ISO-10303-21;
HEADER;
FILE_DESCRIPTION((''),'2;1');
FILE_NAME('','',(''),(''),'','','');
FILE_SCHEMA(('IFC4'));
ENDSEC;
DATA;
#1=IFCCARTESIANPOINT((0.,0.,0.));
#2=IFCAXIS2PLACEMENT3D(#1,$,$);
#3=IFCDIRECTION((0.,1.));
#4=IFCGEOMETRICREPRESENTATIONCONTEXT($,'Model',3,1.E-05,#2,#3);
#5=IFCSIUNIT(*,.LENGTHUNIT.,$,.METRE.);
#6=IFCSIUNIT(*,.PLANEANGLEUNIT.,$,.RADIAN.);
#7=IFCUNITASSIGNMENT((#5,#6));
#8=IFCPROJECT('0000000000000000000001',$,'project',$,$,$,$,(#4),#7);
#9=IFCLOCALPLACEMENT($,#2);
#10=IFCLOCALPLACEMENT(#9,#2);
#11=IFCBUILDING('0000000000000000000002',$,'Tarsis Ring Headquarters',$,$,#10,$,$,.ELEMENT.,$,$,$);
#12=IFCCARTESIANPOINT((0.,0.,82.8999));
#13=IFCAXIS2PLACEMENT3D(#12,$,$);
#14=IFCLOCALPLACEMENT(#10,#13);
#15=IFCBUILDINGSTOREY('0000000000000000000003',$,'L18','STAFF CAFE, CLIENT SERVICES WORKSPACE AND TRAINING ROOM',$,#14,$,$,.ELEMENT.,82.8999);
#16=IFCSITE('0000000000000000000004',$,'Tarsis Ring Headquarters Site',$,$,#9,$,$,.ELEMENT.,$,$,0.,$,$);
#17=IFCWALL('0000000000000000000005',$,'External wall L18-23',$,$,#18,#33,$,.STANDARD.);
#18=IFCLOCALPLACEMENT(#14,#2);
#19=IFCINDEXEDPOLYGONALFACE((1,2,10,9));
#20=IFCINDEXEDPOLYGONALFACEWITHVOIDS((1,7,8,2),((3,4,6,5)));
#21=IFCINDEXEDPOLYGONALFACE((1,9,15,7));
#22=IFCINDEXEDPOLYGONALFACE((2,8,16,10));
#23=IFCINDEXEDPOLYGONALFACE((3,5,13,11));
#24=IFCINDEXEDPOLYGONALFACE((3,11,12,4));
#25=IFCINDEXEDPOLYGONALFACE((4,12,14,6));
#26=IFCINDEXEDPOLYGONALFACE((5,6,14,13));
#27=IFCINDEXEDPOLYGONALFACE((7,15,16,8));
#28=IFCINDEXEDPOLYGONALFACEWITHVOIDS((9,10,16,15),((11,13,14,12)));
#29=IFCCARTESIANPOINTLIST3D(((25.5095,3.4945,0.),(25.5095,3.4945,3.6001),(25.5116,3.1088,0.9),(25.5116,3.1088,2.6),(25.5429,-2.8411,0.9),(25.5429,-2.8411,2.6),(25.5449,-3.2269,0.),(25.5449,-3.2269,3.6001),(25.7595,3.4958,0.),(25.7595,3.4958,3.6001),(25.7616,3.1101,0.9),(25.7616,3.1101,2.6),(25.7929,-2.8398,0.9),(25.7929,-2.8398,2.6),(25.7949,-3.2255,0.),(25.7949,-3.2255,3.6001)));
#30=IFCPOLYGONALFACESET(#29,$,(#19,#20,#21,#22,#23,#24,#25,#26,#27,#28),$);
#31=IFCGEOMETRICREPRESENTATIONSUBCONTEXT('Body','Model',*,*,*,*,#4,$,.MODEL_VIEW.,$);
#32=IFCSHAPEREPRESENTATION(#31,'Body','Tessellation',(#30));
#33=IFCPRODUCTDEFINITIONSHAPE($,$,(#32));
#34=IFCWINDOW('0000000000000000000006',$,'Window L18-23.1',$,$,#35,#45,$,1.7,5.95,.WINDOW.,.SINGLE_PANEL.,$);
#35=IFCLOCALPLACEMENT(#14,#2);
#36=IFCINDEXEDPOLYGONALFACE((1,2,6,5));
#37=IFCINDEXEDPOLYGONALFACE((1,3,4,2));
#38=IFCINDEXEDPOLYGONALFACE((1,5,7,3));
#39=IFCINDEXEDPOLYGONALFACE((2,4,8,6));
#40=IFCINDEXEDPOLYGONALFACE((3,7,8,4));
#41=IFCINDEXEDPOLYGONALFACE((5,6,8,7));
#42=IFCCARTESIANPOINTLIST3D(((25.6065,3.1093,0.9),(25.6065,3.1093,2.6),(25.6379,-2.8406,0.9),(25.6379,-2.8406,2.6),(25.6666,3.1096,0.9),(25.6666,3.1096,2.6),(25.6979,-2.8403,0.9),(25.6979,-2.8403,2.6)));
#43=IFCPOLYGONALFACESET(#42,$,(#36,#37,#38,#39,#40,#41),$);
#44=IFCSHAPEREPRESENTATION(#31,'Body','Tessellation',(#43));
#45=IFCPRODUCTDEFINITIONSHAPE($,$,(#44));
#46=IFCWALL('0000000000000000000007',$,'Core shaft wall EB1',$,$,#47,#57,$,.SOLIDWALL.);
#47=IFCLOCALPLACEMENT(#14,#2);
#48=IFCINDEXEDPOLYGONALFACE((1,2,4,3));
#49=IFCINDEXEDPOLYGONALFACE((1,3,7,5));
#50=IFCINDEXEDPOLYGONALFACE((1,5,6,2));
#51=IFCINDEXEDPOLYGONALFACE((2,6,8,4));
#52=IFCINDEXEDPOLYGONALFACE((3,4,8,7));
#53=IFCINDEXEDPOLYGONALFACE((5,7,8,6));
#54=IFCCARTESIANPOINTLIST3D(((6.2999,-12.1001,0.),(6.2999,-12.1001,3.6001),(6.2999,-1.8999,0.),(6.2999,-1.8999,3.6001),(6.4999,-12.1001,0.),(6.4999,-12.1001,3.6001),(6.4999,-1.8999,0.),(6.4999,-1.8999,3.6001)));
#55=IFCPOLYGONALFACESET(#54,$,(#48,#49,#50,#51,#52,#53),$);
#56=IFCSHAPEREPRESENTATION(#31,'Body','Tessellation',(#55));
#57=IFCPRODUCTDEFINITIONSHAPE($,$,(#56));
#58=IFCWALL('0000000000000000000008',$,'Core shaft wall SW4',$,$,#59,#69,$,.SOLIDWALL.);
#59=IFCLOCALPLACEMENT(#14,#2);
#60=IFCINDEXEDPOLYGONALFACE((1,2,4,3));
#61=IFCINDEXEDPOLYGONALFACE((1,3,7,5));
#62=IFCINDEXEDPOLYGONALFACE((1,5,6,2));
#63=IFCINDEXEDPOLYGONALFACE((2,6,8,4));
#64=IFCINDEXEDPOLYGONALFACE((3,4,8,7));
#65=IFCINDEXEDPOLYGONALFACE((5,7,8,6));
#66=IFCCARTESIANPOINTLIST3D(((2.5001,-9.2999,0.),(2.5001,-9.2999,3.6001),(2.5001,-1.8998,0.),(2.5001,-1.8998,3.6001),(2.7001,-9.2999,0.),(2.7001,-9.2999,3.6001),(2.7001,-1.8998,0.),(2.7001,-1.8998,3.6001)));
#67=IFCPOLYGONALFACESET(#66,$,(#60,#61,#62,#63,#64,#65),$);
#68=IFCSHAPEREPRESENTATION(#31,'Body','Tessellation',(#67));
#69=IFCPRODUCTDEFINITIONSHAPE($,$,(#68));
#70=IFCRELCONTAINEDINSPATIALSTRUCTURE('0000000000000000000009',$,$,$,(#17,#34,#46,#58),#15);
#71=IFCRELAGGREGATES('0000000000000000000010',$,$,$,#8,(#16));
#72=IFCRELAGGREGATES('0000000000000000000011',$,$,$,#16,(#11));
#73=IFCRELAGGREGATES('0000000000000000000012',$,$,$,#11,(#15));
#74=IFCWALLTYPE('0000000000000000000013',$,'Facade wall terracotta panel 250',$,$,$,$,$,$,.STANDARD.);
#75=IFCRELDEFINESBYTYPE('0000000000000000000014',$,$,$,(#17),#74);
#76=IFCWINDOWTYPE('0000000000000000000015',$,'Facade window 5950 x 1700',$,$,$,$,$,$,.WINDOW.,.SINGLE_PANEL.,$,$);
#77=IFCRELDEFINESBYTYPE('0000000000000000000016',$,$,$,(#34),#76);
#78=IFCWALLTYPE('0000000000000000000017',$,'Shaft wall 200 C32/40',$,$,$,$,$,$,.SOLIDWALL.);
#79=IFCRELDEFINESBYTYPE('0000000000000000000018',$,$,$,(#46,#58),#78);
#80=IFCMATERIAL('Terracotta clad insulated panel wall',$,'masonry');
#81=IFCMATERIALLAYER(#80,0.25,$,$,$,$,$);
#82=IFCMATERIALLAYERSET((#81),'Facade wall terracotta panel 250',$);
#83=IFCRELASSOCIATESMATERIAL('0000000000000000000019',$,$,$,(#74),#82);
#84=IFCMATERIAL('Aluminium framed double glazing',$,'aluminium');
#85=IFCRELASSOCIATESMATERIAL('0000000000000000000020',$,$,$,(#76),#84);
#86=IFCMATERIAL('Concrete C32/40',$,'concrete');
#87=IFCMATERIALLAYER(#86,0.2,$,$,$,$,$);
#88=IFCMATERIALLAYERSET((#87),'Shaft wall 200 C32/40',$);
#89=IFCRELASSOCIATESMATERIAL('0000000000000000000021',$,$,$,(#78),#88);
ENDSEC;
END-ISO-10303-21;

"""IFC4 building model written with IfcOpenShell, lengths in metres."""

from ifc_helpers import new_model, si_unit, direction, frame, frame_2d, origin, place, context, subcontext, project, spatial, rectangle, extrude, material, layer, layer_set, type_object, element, fill, save


model = new_model("IFC4")

# Units and contexts
model_context = context("Model", 3, precision=1e-05, world=origin(), true_north=direction((0.0, 1.0)))
body_context = subcontext(model_context, "Body", "Model", "MODEL_VIEW")
ifc_project = project(units=[si_unit("LENGTHUNIT", "METRE"), si_unit("PLANEANGLEUNIT", "RADIAN")], contexts=[model_context])

# Site, building, storey
site_placement = place(None, origin())
site = spatial("IfcSite", under=ifc_project, at=site_placement, Name="Tarsis Ring Headquarters Site", CompositionType="ELEMENT", RefElevation=0.0)
building_placement = place(site_placement, origin())
building = spatial("IfcBuilding", under=site, at=building_placement, Name="Tarsis Ring Headquarters", CompositionType="ELEMENT")
storey_placement = place(building_placement, frame((0.0, 0.0, 82.8999)))
storey = spatial("IfcBuildingStorey", under=building, at=storey_placement, Name="L18", Description="STAFF CAFE, CLIENT SERVICES WORKSPACE AND TRAINING ROOM", CompositionType="ELEMENT", Elevation=82.8999)

# Wall, opening, window
ifc_material_1 = material(Name="Terracotta clad insulated panel wall", Category="masonry")
ifc_layer_1 = layer(ifc_material_1, 0.25)
ifc_layer_set_1 = layer_set([ifc_layer_1], Name="Facade wall terracotta panel 250")
wall_type_1 = type_object("IfcWallType", Name="Facade wall terracotta panel 250", PredefinedType="STANDARD", material=ifc_layer_set_1)
ifc_material_2 = material(Name="Aluminium framed double glazing", Category="aluminium")
window_type = type_object("IfcWindowType", Name="Facade window 5950 x 1700", PartitioningType="SINGLE_PANEL", PredefinedType="WINDOW", material=ifc_material_2)
wall_1_placement = place(storey_placement, frame((25.6699, -3.2263, 0.0), z_axis=(0.0, 0.0, 1.0), x_axis=(-0.005267, 0.999986, 0.0)))
wall_1 = element("IfcWall", 1, at=wall_1_placement, inside=storey, type_object=wall_type_1, Name="External wall L18-23", PredefinedType="STANDARD", context=body_context, shape_type="SweptSolid", body=[
    extrude(rectangle(XDim=6.7214, YDim=0.25, at=frame_2d((3.3608, 0.0))), origin(), (0.0, 0.0, 1.0), 3.6001),
])
opening_1_placement = place(wall_1_placement, frame((0.3857, 0.0, 0.8999)))
opening_1 = element("IfcOpeningElement", 2, at=opening_1_placement, cuts=wall_1, PredefinedType="OPENING", context=body_context, shape_type="SweptSolid", body=[
    extrude(rectangle(XDim=5.95, YDim=1.7, at=frame_2d((2.9751, 0.8501))), frame((0.0, 0.135, 0.0), z_axis=(0.0, -1.0, 0.0), x_axis=(1.0, 0.0, 0.0)), (0.0, 0.0, 1.0), 0.27),
])
window_1_placement = place(opening_1_placement, origin())
window_1 = element("IfcWindow", 3, at=window_1_placement, inside=storey, type_object=window_type, Name="Window L18-23.1", OverallHeight=1.7, OverallWidth=5.95, PartitioningType="SINGLE_PANEL", PredefinedType="WINDOW", context=body_context, shape_type="SweptSolid", body=[
    extrude(rectangle(XDim=5.95, YDim=1.7, at=frame_2d((2.9751, 0.8501))), frame((0.0, 0.03, 0.0), z_axis=(0.0, -1.0, 0.0), x_axis=(1.0, 0.0, 0.0)), (0.0, 0.0, 1.0), 0.0601),
])
fill(opening_1, window_1)

# Walls
ifc_material_3 = material(Name="Concrete C32/40", Category="concrete")
ifc_layer_2 = layer(ifc_material_3, 0.2)
ifc_layer_set_2 = layer_set([ifc_layer_2], Name="Shaft wall 200 C32/40")
wall_type_2 = type_object("IfcWallType", Name="Shaft wall 200 C32/40", PredefinedType="SOLIDWALL", material=ifc_layer_set_2)
wall_2_placement = place(storey_placement, frame((6.3999, -12.1001, 0.0), z_axis=(0.0, 0.0, 1.0), x_axis=(0.0, 1.0, 0.0)))
element("IfcWall", 4, at=wall_2_placement, inside=storey, type_object=wall_type_2, Name="Core shaft wall EB1", PredefinedType="SOLIDWALL", context=body_context, shape_type="SweptSolid", body=[
    extrude(rectangle(XDim=10.2002, YDim=0.2, at=frame_2d((5.1001, 0.0))), origin(), (0.0, 0.0, 1.0), 3.6001),
])
wall_3_placement = place(storey_placement, frame((2.6001, -9.3, 0.0), z_axis=(0.0, 0.0, 1.0), x_axis=(0.0, 1.0, 0.0)))
element("IfcWall", 5, at=wall_3_placement, inside=storey, type_object=wall_type_2, Name="Core shaft wall SW4", PredefinedType="SOLIDWALL", context=body_context, shape_type="SweptSolid", body=[
    extrude(rectangle(XDim=7.4001, YDim=0.2, at=frame_2d((3.7002, 0.0))), origin(), (0.0, 0.0, 1.0), 3.6001),
])

save(model, "model.ifc")
